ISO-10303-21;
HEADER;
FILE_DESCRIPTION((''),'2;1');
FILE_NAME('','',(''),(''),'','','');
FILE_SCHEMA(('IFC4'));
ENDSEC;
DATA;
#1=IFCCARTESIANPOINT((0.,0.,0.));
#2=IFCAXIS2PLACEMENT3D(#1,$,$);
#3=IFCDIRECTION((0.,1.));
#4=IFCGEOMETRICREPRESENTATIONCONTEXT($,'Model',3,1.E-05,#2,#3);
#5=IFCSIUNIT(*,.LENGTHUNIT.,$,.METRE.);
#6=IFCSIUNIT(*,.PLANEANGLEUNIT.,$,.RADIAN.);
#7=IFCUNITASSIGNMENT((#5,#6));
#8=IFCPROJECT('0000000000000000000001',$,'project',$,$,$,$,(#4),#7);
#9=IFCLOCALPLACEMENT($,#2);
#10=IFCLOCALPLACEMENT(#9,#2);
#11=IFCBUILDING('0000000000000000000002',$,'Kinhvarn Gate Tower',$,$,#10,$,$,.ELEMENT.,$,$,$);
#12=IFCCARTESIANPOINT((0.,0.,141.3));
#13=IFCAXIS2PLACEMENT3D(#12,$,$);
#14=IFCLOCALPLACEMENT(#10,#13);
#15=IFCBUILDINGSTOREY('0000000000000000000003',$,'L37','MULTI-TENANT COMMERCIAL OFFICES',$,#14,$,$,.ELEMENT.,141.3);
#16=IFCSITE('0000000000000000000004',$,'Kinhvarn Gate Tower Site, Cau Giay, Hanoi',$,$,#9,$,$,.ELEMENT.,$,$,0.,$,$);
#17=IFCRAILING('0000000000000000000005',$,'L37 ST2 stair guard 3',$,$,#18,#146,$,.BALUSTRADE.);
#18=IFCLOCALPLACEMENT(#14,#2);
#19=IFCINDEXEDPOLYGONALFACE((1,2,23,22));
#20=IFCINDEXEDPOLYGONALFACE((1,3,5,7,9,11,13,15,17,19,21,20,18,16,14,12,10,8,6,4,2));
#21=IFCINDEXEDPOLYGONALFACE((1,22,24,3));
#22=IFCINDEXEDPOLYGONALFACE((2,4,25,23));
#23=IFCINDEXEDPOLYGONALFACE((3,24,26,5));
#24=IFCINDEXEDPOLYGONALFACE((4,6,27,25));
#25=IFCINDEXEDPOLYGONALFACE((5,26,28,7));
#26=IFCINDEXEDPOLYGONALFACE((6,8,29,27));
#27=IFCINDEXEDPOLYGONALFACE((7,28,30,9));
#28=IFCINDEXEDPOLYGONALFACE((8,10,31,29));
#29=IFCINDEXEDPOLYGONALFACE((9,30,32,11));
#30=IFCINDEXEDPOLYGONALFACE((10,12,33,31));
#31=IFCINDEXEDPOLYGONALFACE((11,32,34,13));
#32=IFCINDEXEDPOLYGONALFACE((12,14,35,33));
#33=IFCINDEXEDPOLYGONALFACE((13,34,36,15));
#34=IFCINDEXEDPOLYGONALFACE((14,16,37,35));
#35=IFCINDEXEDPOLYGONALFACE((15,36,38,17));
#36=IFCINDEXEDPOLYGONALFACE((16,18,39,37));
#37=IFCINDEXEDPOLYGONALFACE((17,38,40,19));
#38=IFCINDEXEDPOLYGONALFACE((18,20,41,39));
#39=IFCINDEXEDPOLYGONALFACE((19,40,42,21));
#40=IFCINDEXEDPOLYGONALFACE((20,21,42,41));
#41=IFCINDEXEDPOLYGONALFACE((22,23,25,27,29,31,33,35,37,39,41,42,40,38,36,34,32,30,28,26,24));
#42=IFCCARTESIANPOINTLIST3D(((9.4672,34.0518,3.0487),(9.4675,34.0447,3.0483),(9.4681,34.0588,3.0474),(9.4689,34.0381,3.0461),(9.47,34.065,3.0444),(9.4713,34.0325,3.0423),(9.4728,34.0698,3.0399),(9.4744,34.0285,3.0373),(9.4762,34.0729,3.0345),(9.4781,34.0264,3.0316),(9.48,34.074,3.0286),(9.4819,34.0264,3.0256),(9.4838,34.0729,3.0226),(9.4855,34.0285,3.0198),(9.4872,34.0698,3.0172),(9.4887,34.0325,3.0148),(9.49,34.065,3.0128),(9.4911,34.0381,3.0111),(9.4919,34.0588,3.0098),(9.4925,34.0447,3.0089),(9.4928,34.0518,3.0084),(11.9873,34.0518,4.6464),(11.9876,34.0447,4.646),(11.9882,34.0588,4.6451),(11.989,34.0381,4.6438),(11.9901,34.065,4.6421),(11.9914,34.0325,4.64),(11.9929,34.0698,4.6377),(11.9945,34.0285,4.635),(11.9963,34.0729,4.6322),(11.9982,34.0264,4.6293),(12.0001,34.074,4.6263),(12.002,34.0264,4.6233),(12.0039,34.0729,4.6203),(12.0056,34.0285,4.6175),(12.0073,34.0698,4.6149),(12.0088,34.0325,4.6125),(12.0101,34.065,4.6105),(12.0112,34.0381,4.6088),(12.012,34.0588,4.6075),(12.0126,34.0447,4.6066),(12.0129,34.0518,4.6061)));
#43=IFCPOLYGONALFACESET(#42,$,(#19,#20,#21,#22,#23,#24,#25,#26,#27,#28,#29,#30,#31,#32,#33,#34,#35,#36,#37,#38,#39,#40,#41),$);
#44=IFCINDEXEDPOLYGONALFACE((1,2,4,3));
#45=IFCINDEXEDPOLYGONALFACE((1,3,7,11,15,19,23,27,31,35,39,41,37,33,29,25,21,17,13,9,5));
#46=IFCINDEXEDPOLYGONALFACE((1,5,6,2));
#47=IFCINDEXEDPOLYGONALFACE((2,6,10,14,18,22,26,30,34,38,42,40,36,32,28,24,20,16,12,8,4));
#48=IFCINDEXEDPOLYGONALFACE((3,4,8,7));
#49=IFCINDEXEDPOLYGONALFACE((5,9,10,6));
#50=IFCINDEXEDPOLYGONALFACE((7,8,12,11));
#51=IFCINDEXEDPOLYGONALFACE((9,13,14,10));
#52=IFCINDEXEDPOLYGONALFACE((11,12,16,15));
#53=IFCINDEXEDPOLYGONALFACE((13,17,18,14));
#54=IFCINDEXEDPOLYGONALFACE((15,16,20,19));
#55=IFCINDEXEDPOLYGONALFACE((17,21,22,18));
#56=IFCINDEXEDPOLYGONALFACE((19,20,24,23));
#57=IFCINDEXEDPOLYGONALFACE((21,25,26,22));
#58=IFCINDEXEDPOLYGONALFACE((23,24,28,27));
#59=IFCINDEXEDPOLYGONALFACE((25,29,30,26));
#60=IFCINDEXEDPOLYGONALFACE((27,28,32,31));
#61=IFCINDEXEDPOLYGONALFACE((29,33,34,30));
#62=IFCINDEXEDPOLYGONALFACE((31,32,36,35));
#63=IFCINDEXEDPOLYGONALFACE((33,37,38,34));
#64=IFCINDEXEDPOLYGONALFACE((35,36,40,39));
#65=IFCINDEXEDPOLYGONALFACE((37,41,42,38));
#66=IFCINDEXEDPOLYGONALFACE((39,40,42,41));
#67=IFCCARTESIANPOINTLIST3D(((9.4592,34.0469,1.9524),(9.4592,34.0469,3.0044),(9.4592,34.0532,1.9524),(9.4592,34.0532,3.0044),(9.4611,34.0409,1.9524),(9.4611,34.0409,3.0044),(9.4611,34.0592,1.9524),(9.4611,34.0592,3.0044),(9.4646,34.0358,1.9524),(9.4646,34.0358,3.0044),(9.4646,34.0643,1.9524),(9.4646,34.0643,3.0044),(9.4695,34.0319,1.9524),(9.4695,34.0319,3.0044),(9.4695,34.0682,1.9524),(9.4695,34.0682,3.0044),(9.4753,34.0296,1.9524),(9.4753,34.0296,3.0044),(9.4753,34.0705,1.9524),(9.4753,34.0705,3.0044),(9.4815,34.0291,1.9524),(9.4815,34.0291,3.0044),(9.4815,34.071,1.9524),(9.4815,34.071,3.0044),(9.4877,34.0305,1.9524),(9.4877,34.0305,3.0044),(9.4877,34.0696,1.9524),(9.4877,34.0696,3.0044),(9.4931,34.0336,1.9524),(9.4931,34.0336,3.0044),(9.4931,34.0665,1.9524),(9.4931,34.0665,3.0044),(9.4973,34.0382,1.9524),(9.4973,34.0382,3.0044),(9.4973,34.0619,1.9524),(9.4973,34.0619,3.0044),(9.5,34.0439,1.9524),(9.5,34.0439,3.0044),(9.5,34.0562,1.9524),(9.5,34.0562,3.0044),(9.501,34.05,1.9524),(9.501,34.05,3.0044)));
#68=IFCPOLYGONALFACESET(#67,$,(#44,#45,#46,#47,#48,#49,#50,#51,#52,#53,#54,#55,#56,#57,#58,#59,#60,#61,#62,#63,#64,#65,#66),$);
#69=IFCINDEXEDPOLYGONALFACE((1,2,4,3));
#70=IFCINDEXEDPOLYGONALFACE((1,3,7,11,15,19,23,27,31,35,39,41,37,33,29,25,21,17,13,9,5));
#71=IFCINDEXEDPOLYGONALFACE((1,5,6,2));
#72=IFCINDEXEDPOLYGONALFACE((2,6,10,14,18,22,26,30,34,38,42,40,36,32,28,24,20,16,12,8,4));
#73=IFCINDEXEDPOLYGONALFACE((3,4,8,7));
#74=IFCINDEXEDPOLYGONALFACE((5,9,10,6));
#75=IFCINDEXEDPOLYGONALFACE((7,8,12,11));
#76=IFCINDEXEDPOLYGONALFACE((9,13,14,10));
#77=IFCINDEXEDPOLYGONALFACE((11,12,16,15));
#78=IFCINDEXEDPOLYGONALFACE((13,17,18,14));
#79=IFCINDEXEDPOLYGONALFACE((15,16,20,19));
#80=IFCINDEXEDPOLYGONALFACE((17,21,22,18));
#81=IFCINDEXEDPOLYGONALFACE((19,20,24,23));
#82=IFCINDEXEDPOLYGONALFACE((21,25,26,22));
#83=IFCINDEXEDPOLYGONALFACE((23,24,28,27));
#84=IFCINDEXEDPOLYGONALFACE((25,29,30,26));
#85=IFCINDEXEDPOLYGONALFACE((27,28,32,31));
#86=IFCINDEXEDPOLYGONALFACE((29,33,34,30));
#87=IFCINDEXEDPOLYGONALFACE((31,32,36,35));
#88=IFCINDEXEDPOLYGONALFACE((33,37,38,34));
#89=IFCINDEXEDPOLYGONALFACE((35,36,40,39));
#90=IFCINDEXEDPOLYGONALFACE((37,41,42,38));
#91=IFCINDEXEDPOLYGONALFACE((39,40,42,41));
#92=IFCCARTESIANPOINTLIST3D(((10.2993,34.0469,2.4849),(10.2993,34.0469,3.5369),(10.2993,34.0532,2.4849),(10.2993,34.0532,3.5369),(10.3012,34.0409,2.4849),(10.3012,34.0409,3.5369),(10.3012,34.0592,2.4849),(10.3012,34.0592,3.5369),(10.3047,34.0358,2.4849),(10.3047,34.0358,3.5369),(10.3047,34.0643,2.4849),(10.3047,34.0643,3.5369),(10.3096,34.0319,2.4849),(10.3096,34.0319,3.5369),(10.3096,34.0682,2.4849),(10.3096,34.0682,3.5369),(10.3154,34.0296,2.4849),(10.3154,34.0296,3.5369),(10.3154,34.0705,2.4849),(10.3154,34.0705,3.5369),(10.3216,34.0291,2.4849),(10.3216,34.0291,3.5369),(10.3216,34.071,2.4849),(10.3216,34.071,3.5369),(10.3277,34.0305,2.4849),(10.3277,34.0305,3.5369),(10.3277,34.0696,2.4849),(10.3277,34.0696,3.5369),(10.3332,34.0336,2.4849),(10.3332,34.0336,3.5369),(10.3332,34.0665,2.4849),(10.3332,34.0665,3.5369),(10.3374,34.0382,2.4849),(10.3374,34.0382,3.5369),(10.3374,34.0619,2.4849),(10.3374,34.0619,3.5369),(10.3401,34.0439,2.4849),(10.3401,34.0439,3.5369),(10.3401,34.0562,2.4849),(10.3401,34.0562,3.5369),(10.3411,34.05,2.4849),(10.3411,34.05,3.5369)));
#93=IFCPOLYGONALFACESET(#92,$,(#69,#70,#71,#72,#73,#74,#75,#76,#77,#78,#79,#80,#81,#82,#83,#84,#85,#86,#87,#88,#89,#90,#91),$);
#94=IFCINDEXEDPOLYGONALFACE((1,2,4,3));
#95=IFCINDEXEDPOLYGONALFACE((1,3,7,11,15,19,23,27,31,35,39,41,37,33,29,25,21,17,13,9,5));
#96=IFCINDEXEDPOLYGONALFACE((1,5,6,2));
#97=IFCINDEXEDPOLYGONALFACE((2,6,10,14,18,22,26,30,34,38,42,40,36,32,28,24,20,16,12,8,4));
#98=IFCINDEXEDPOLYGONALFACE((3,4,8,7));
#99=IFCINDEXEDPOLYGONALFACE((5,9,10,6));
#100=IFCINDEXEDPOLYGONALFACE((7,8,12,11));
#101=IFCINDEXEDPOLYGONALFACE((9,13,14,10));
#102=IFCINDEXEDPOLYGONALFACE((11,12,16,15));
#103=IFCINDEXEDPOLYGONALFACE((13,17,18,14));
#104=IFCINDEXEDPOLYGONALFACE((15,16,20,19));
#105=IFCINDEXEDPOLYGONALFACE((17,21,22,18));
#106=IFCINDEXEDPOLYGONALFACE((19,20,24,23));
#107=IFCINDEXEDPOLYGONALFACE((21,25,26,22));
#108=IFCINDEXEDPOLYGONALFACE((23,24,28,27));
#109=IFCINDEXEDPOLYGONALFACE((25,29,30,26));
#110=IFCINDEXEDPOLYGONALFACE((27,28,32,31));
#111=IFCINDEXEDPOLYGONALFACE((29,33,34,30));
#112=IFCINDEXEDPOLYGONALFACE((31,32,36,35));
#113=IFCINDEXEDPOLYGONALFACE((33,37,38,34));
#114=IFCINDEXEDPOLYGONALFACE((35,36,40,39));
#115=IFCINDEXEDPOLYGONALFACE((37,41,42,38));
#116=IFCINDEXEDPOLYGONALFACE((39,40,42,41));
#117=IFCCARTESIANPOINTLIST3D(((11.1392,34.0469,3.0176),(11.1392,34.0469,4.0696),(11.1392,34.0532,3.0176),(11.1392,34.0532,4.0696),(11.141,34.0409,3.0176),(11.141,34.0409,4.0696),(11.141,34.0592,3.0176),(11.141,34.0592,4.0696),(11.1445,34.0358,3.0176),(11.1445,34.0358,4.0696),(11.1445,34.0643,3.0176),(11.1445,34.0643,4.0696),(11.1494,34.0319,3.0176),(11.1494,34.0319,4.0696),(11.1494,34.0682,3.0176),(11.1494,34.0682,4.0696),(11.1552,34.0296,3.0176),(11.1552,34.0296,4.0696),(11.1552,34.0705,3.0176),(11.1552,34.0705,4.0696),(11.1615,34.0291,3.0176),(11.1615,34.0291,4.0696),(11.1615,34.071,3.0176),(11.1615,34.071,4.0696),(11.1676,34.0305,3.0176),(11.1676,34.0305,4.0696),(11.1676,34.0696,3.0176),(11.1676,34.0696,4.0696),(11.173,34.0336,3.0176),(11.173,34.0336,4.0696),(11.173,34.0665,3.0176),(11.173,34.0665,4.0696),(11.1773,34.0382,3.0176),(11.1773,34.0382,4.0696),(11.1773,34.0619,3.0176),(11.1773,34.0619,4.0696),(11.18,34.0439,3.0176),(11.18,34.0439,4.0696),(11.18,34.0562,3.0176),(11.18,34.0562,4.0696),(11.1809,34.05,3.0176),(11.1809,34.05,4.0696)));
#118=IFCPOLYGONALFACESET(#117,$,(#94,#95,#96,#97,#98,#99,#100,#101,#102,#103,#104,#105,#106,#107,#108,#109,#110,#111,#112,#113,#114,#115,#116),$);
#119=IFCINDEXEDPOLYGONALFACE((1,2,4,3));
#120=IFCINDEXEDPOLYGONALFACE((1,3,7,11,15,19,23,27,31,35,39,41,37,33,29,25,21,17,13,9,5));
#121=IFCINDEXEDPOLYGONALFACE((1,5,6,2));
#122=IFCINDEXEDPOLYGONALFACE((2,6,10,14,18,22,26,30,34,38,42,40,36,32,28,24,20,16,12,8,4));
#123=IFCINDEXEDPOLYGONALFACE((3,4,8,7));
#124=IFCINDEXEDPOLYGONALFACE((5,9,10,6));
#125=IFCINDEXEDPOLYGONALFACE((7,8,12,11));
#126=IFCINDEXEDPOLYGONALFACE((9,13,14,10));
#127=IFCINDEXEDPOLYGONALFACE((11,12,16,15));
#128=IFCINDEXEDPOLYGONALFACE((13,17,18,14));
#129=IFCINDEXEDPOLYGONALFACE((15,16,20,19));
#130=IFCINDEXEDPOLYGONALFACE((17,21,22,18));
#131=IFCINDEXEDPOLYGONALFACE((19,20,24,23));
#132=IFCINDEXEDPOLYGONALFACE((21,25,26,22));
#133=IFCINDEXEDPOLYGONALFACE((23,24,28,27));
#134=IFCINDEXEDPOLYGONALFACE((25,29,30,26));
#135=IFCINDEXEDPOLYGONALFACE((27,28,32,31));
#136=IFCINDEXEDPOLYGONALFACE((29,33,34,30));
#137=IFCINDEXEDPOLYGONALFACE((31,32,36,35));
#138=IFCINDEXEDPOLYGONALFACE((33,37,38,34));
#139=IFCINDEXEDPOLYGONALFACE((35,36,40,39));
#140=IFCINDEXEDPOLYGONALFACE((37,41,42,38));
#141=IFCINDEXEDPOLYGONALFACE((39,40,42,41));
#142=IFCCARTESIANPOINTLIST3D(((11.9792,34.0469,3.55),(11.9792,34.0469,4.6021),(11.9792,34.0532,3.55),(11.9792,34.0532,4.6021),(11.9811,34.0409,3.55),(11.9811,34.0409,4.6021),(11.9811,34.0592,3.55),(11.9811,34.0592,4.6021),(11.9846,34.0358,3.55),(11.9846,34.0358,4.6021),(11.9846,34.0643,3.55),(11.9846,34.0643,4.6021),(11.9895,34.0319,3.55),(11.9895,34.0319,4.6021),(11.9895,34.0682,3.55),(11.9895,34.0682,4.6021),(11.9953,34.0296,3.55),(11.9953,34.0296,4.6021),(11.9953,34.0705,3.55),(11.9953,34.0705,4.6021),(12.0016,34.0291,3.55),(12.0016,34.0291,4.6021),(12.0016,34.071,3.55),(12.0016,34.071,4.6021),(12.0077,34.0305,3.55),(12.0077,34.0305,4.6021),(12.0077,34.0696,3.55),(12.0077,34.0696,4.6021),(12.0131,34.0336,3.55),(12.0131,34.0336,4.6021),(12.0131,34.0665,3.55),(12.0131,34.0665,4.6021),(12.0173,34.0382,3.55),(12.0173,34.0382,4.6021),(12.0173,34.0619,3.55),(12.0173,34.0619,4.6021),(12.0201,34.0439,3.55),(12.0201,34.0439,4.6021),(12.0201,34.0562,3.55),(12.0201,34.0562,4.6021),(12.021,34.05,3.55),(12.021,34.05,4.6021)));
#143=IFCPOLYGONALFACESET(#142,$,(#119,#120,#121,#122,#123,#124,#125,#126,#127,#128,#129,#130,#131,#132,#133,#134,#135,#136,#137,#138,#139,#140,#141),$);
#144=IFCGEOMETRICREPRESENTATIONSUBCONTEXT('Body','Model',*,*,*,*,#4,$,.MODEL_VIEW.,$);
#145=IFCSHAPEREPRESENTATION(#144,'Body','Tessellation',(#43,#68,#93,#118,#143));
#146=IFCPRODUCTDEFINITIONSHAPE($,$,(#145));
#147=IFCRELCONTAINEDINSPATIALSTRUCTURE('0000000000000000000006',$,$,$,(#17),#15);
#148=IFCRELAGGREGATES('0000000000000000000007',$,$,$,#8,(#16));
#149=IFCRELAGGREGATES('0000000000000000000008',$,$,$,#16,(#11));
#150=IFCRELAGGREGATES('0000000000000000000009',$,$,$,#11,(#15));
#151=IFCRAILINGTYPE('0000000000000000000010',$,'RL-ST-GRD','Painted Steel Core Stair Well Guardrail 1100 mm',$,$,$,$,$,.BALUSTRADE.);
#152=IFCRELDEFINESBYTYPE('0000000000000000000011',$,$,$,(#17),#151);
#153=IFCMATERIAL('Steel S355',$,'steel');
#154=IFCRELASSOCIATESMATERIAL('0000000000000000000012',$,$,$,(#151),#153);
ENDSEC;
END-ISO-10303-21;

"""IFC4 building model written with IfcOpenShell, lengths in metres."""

from ifc_helpers import new_model, si_unit, direction, frame, origin, origin_2d, place, context, subcontext, project, spatial, circle, extrude, material, type_object, element, save


model = new_model("IFC4")

# Units and contexts
model_context = context("Model", 3, precision=1e-05, world=origin(), true_north=direction((0.0, 1.0)))
body_context = subcontext(model_context, "Body", "Model", "MODEL_VIEW")
ifc_project = project(units=[si_unit("LENGTHUNIT", "METRE"), si_unit("PLANEANGLEUNIT", "RADIAN")], contexts=[model_context])

# Site, building, storey
site_placement = place(None, origin())
site = spatial("IfcSite", under=ifc_project, at=site_placement, Name="Kinhvarn Gate Tower Site, Cau Giay, Hanoi", CompositionType="ELEMENT", RefElevation=0.0)
building_placement = place(site_placement, origin())
building = spatial("IfcBuilding", under=site, at=building_placement, Name="Kinhvarn Gate Tower", CompositionType="ELEMENT")
storey_placement = place(building_placement, frame((0.0, 0.0, 141.3)))
storey = spatial("IfcBuildingStorey", under=building, at=storey_placement, Name="L37", Description="MULTI-TENANT COMMERCIAL OFFICES", CompositionType="ELEMENT", Elevation=141.3)

# Shared definitions
ifc_material_1 = material(Name="Steel S355", Category="steel")

# Railing
railing_type_1 = type_object("IfcRailingType", Name="RL-ST-GRD", Description="Painted Steel Core Stair Well Guardrail 1100 mm", PredefinedType="BALUSTRADE", material=ifc_material_1)
railing_1_placement = place(storey_placement, frame((9.48, 34.05, 1.9524)))
element("IfcRailing", 1, at=railing_1_placement, inside=storey, type_object=railing_type_1, Name="L37 ST2 stair guard 3", PredefinedType="BALUSTRADE", context=body_context, shape_type="SweptSolid", body=[
    extrude(circle(Radius=0.0239, at=origin_2d()), frame((0.0, 0.0, 1.0762), z_axis=(0.84457, 0.0, 0.535445), x_axis=(0.0, 1.0, 0.0)), (0.0, 0.0, 1.0), 2.9839),
    extrude(circle(Radius=0.021, at=origin_2d()), origin(), (0.0, 0.0, 1.0), 1.052),
    extrude(circle(Radius=0.021, at=origin_2d()), frame((0.8401, 0.0, 0.5325)), (0.0, 0.0, 1.0), 1.052),
    extrude(circle(Radius=0.021, at=origin_2d()), frame((1.6799, 0.0, 1.0652)), (0.0, 0.0, 1.0), 1.052),
    extrude(circle(Radius=0.021, at=origin_2d()), frame((2.52, 0.0, 1.5977)), (0.0, 0.0, 1.0), 1.052),
])

save(model, "model.ifc")
